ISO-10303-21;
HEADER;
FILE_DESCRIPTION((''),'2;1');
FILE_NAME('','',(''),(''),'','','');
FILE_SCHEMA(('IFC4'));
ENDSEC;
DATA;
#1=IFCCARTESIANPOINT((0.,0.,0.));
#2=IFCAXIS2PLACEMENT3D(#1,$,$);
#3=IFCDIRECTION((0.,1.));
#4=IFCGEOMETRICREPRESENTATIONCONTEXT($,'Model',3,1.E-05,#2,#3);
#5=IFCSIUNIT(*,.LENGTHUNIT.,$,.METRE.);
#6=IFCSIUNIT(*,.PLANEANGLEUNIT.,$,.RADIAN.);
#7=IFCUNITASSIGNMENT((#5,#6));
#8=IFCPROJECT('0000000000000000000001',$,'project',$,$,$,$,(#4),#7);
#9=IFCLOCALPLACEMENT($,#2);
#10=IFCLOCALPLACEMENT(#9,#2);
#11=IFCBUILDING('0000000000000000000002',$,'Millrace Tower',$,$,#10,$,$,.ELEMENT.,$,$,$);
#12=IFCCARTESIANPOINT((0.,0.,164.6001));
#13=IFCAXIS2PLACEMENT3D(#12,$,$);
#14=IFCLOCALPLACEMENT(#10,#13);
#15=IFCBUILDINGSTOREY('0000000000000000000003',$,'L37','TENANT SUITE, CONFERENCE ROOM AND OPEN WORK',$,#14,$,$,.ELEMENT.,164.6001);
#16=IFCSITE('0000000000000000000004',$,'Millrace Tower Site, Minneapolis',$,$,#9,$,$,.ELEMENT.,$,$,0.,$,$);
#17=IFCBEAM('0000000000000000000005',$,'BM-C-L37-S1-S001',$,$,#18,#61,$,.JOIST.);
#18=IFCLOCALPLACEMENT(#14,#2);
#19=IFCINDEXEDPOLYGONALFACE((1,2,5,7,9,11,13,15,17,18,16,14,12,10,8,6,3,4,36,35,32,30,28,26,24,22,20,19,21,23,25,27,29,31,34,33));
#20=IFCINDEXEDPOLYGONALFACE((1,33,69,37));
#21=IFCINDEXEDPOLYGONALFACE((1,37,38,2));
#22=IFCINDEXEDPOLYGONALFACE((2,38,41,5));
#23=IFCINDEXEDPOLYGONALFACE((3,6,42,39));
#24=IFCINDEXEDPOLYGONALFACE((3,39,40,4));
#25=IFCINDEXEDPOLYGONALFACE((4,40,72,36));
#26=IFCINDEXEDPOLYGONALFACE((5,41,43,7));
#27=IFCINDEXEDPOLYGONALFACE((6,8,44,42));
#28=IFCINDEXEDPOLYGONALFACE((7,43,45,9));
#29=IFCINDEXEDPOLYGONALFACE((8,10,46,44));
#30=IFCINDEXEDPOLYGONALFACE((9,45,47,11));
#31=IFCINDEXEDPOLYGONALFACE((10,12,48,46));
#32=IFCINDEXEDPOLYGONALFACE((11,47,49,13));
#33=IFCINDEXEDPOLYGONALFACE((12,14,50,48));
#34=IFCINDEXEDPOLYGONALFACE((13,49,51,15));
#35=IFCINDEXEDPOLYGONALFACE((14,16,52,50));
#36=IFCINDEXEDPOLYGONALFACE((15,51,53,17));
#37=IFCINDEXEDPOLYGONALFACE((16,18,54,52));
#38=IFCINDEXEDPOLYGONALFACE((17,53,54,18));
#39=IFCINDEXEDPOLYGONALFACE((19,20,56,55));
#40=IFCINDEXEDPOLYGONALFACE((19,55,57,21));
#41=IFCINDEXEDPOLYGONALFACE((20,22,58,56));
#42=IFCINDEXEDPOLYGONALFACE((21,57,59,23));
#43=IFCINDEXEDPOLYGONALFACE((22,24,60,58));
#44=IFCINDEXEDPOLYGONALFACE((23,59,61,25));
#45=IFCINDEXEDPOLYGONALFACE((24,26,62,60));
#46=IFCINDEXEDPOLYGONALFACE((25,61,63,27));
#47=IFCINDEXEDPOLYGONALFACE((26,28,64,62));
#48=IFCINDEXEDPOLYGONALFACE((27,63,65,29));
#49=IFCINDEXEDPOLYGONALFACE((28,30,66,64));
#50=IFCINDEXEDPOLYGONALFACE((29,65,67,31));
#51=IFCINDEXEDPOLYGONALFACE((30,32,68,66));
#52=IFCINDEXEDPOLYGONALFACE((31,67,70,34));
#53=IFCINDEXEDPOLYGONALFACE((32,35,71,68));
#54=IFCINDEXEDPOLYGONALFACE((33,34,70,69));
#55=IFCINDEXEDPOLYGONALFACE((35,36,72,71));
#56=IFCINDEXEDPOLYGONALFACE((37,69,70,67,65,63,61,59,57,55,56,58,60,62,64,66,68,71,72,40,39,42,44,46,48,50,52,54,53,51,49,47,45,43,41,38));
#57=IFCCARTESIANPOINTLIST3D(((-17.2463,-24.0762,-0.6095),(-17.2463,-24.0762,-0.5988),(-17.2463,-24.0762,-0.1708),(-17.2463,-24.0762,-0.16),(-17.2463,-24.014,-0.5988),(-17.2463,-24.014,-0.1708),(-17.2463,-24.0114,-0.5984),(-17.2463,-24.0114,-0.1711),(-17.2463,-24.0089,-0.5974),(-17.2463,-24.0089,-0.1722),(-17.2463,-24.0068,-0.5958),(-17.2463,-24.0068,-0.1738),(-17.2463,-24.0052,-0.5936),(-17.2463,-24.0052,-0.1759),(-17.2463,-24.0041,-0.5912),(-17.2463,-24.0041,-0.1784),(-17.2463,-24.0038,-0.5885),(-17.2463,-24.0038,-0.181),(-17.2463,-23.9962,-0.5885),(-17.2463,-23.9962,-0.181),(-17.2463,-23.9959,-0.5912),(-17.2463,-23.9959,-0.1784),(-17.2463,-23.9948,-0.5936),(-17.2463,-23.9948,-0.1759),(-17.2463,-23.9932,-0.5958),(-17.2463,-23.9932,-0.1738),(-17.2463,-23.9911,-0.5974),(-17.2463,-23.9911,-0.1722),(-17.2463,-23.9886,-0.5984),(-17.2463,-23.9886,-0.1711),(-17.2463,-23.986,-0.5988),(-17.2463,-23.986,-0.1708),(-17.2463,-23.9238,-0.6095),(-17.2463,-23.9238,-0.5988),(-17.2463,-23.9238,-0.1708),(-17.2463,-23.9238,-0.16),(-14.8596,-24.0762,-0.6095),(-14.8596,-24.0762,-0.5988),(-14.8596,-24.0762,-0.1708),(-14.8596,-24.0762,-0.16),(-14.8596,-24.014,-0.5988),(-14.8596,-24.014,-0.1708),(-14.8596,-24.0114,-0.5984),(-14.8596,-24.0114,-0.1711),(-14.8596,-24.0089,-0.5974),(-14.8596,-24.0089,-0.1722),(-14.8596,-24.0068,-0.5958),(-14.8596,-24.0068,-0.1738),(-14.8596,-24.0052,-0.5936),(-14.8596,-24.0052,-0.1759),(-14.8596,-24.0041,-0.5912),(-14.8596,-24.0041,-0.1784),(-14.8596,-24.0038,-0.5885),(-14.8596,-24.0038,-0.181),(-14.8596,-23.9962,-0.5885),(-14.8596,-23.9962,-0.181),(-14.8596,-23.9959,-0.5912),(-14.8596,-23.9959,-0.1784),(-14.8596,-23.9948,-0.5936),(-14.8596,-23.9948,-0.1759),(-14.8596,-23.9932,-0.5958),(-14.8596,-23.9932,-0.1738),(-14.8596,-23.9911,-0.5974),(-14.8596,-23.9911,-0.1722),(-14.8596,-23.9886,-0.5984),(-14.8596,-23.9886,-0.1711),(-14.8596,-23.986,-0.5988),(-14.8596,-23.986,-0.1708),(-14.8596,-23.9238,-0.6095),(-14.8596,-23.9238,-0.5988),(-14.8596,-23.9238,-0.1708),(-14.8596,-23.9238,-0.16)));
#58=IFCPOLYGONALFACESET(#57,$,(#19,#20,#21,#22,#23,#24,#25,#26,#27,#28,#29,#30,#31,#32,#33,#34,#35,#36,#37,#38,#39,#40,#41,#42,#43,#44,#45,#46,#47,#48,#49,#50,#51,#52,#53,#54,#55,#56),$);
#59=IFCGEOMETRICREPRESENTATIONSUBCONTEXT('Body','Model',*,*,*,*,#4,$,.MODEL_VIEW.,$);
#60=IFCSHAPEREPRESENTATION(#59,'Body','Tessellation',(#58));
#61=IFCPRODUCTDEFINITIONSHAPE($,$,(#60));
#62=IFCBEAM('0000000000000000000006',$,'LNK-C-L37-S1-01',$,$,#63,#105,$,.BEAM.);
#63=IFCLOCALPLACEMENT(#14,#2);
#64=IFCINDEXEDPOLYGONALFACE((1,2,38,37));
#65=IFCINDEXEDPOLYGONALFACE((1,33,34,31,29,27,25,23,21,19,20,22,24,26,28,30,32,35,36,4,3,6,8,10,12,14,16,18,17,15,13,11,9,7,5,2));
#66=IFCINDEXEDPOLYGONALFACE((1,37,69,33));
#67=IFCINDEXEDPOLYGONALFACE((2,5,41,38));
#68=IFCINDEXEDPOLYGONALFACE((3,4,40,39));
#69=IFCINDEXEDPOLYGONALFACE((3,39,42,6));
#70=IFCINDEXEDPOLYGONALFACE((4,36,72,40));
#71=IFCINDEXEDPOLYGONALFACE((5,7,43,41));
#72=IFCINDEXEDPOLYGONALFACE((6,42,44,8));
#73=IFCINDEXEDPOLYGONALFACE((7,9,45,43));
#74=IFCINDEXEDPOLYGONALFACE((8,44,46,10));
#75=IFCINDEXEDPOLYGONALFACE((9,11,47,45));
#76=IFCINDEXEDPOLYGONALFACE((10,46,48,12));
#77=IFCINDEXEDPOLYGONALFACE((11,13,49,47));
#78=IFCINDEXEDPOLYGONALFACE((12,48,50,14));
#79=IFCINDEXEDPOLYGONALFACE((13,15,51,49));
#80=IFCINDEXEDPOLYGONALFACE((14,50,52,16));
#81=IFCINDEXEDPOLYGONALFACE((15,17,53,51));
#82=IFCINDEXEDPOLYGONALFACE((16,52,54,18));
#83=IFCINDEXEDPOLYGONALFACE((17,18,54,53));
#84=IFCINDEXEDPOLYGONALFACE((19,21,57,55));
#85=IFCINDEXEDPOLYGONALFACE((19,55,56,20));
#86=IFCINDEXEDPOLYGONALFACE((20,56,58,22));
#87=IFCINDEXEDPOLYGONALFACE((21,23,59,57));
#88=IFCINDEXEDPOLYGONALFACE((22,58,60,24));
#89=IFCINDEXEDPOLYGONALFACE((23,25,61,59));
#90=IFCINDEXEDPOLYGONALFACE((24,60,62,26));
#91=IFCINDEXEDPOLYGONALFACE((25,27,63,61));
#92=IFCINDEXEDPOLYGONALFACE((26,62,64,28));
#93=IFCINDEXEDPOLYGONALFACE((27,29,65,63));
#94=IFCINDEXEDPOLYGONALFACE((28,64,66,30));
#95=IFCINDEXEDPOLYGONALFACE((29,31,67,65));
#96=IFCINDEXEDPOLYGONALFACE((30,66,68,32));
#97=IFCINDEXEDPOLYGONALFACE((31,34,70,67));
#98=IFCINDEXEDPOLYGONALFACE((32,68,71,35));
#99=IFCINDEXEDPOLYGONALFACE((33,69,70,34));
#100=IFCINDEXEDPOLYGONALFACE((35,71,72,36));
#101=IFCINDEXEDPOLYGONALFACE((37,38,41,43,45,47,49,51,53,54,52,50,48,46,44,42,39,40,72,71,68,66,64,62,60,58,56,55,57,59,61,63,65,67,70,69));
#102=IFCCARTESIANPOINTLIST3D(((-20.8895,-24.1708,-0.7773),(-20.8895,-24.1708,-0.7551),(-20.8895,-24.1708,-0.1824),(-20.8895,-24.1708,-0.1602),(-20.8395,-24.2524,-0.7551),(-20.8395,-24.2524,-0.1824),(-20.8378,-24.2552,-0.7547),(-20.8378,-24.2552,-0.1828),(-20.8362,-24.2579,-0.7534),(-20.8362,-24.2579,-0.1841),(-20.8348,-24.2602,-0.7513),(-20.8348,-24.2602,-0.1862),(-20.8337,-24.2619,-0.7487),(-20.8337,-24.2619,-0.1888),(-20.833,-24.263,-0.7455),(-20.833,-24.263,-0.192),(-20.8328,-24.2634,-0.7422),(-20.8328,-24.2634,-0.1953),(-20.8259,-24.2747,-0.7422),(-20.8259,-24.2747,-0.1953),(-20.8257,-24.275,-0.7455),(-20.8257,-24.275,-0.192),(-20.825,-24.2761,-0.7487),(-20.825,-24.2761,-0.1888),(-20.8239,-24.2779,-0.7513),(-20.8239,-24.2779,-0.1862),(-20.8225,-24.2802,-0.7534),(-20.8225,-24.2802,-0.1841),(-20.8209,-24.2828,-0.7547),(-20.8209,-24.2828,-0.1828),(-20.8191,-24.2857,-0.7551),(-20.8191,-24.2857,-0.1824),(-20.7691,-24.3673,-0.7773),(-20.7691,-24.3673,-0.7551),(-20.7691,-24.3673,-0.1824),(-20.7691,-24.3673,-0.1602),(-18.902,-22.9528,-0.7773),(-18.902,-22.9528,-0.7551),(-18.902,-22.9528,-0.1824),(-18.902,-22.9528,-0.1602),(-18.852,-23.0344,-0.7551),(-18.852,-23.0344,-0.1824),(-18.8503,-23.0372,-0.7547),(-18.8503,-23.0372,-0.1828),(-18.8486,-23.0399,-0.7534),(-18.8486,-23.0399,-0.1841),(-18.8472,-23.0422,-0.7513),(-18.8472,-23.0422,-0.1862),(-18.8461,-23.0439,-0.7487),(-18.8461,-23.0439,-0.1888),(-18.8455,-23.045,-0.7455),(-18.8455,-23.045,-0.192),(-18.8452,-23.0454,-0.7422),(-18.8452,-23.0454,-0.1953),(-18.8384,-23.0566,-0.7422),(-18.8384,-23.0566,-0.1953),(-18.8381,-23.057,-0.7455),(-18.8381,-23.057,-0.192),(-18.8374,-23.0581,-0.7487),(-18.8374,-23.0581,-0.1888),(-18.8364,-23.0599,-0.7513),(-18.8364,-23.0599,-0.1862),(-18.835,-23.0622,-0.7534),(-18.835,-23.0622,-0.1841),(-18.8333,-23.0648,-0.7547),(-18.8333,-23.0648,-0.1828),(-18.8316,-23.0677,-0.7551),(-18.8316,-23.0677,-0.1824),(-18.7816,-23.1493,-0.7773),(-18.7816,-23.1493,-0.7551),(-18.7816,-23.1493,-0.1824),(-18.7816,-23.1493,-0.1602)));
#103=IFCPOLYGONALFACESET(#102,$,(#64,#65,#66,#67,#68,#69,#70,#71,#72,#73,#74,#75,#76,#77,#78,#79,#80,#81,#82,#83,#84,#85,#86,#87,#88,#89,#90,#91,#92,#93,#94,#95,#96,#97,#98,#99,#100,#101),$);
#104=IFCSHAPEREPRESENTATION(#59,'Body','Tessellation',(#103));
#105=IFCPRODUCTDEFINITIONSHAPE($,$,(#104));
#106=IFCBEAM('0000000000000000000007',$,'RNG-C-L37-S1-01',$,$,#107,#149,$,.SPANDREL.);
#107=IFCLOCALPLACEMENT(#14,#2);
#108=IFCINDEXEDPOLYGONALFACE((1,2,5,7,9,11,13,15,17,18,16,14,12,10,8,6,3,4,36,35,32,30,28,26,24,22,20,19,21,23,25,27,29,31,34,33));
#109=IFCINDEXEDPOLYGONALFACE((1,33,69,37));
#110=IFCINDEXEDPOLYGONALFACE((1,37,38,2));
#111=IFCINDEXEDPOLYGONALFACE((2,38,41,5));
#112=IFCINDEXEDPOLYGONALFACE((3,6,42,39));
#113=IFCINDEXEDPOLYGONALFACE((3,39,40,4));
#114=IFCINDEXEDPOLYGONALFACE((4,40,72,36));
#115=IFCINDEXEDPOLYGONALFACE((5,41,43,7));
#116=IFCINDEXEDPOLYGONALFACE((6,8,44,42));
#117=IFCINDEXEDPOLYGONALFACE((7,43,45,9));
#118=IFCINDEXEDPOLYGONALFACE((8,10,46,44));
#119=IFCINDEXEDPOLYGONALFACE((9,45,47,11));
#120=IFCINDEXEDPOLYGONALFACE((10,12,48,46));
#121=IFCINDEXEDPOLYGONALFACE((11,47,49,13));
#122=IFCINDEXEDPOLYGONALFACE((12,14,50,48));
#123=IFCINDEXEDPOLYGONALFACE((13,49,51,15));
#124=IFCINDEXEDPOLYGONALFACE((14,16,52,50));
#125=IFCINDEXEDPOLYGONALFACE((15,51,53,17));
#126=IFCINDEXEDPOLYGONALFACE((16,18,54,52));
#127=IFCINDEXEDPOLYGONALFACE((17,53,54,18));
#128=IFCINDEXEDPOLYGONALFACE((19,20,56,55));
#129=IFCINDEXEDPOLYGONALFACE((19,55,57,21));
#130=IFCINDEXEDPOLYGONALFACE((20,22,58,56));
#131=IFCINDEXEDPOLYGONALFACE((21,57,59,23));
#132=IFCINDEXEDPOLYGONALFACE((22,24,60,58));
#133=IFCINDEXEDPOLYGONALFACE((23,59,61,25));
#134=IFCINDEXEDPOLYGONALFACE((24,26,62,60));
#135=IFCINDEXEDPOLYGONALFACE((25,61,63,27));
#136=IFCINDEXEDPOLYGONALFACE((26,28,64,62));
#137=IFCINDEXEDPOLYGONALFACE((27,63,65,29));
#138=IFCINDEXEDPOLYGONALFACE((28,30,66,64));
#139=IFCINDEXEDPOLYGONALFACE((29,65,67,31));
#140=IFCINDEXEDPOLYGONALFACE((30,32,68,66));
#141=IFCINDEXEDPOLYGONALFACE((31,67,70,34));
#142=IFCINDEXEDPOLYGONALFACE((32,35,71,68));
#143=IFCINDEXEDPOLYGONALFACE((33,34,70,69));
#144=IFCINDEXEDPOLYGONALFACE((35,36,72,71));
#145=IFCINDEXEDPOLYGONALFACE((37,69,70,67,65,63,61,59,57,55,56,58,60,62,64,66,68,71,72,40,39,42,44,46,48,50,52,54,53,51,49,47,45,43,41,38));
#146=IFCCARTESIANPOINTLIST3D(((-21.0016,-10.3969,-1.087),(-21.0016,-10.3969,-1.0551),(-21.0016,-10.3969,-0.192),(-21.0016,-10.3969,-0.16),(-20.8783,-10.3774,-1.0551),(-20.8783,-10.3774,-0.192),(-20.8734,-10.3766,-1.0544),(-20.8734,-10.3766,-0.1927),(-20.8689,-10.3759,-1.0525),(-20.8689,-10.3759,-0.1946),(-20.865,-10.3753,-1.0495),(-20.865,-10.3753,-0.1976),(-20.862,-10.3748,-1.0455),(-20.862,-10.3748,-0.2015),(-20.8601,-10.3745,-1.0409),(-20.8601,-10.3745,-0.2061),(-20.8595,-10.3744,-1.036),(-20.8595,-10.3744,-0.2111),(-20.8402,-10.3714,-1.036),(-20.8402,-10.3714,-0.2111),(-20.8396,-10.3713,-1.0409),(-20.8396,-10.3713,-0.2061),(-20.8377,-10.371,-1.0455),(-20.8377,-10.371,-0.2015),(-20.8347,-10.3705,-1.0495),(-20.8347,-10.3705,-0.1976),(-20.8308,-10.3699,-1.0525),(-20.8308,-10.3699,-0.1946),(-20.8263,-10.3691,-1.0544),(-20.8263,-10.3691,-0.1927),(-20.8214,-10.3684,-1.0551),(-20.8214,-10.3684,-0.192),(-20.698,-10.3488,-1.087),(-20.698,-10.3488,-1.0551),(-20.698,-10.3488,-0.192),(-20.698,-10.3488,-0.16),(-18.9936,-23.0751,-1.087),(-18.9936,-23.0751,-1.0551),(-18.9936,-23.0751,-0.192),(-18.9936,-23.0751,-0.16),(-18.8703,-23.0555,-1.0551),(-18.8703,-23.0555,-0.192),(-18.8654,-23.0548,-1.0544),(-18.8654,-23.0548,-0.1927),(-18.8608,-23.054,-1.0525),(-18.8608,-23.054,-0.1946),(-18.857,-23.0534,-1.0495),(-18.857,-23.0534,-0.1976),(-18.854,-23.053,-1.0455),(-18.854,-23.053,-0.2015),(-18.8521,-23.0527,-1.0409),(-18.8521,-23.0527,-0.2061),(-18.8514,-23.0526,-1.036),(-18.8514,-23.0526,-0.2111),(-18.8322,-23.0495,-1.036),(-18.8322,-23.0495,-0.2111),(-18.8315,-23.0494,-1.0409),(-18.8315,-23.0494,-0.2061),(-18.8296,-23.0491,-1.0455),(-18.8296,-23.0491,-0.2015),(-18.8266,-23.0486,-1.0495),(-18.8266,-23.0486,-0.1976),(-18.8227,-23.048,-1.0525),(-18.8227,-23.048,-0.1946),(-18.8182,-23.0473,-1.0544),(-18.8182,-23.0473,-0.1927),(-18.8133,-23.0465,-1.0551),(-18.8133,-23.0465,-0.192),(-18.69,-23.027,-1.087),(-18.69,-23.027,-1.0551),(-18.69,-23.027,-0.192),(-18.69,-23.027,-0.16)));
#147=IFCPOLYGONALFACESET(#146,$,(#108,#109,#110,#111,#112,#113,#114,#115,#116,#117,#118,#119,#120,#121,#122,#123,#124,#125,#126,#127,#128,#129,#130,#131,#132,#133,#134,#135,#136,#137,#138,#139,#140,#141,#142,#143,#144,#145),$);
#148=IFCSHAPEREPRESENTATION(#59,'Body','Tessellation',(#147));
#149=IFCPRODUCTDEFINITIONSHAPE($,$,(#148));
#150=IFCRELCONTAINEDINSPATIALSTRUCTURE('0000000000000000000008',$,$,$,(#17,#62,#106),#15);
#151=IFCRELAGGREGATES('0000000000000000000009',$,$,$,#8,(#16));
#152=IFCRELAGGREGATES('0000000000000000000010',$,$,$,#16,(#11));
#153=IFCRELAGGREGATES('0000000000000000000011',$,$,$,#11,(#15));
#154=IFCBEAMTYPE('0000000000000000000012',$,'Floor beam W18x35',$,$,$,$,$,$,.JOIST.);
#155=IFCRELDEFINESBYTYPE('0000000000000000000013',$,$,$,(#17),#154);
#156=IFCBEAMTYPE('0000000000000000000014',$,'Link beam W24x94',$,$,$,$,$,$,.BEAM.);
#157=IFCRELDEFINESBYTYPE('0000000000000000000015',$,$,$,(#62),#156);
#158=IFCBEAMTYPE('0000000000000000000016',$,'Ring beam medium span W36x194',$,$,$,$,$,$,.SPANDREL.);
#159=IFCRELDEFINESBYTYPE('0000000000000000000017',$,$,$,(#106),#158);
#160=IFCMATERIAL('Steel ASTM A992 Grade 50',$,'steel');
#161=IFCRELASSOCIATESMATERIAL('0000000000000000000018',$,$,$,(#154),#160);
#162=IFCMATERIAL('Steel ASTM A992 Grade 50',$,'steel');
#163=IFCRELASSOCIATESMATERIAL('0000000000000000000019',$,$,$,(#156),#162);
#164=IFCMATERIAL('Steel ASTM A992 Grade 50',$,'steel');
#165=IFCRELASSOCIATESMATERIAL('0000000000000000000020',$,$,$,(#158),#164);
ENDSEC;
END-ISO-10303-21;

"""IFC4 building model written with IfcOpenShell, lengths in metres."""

from ifc_helpers import new_model, si_unit, direction, frame, origin, origin_2d, place, context, subcontext, project, spatial, i_section, extrude, material, material_profile, profile_set, type_object, element, save


model = new_model("IFC4")

# Units and contexts
model_context = context("Model", 3, precision=1e-05, world=origin(), true_north=direction((0.0, 1.0)))
body_context = subcontext(model_context, "Body", "Model", "MODEL_VIEW")
ifc_project = project(units=[si_unit("LENGTHUNIT", "METRE"), si_unit("PLANEANGLEUNIT", "RADIAN")], contexts=[model_context])

# Site, building, storey
site_placement = place(None, origin())
site = spatial("IfcSite", under=ifc_project, at=site_placement, Name="Millrace Tower Site, Minneapolis", CompositionType="ELEMENT", RefElevation=0.0)
building_placement = place(site_placement, origin())
building = spatial("IfcBuilding", under=site, at=building_placement, Name="Millrace Tower", CompositionType="ELEMENT")
storey_placement = place(building_placement, frame((0.0, 0.0, 164.6001)))
storey = spatial("IfcBuildingStorey", under=building, at=storey_placement, Name="L37", Description="TENANT SUITE, CONFERENCE ROOM AND OPEN WORK", CompositionType="ELEMENT", Elevation=164.6001)

# Beams
ifc_material_1 = material(Name="Steel ASTM A992 Grade 50", Category="steel")
ifc_material_profile_1 = material_profile(ifc_material_1, i_section(OverallWidth=0.1523, OverallDepth=0.4495, WebThickness=0.0076, FlangeThickness=0.0107, FilletRadius=0.0103, at=origin_2d()))
ifc_profile_set_1 = profile_set([ifc_material_profile_1], Name="Steel ASTM A992 Grade 50")
beam_type_1 = type_object("IfcBeamType", Name="Floor beam W18x35", PredefinedType="JOIST", material=ifc_profile_set_1)
beam_1_placement = place(storey_placement, frame((-17.2463, -24.0, -0.3848), z_axis=(1.0, 0.0, 0.0), x_axis=(0.0, 1.0, 0.0)))
element("IfcBeam", 1, at=beam_1_placement, inside=storey, type_object=beam_type_1, Name="BM-C-L37-S1-S001", PredefinedType="JOIST", context=body_context, shape_type="SweptSolid", body=[
    extrude(i_section(OverallWidth=0.1523, OverallDepth=0.4495, WebThickness=0.0076, FlangeThickness=0.0107, FilletRadius=0.0103, at=origin_2d()), origin(), (0.0, 0.0, 1.0), 2.3867),
])
ifc_material_2 = material(Name="Steel ASTM A992 Grade 50", Category="steel")
ifc_material_profile_2 = material_profile(ifc_material_2, i_section(OverallWidth=0.2305, OverallDepth=0.6172, WebThickness=0.0132, FlangeThickness=0.0222, FilletRadius=0.0129, at=origin_2d()))
ifc_profile_set_2 = profile_set([ifc_material_profile_2], Name="Steel ASTM A992 Grade 50")
beam_type_2 = type_object("IfcBeamType", Name="Link beam W24x94", PredefinedType="BEAM", material=ifc_profile_set_2)
beam_2_placement = place(storey_placement, frame((-18.8418, -23.051, -0.4688), z_axis=(-0.852631, -0.522513, 0.0), x_axis=(0.522513, -0.852631, 0.0)))
element("IfcBeam", 2, at=beam_2_placement, inside=storey, type_object=beam_type_2, Name="LNK-C-L37-S1-01", PredefinedType="BEAM", context=body_context, shape_type="SweptSolid", body=[
    extrude(i_section(OverallWidth=0.2305, OverallDepth=0.6172, WebThickness=0.0132, FlangeThickness=0.0222, FilletRadius=0.0129, at=origin_2d()), origin(), (0.0, 0.0, 1.0), 2.3311),
])
ifc_material_3 = material(Name="Steel ASTM A992 Grade 50", Category="steel")
ifc_material_profile_3 = material_profile(ifc_material_3, i_section(OverallWidth=0.3074, OverallDepth=0.927, WebThickness=0.0195, FlangeThickness=0.032, FilletRadius=0.019, at=origin_2d()))
ifc_profile_set_3 = profile_set([ifc_material_profile_3], Name="Steel ASTM A992 Grade 50")
beam_type_3 = type_object("IfcBeamType", Name="Ring beam medium span W36x194", PredefinedType="SPANDREL", material=ifc_profile_set_3)
beam_3_placement = place(storey_placement, frame((-18.8418, -23.051, -0.6235), z_axis=(-0.156436, 0.987688, 0.0), x_axis=(-0.987688, -0.156436, 0.0)))
element("IfcBeam", 3, at=beam_3_placement, inside=storey, type_object=beam_type_3, Name="RNG-C-L37-S1-01", PredefinedType="SPANDREL", context=body_context, shape_type="SweptSolid", body=[
    extrude(i_section(OverallWidth=0.3074, OverallDepth=0.927, WebThickness=0.0195, FlangeThickness=0.032, FilletRadius=0.019, at=origin_2d()), origin(), (0.0, 0.0, 1.0), 12.8362),
])

save(model, "model.ifc")
